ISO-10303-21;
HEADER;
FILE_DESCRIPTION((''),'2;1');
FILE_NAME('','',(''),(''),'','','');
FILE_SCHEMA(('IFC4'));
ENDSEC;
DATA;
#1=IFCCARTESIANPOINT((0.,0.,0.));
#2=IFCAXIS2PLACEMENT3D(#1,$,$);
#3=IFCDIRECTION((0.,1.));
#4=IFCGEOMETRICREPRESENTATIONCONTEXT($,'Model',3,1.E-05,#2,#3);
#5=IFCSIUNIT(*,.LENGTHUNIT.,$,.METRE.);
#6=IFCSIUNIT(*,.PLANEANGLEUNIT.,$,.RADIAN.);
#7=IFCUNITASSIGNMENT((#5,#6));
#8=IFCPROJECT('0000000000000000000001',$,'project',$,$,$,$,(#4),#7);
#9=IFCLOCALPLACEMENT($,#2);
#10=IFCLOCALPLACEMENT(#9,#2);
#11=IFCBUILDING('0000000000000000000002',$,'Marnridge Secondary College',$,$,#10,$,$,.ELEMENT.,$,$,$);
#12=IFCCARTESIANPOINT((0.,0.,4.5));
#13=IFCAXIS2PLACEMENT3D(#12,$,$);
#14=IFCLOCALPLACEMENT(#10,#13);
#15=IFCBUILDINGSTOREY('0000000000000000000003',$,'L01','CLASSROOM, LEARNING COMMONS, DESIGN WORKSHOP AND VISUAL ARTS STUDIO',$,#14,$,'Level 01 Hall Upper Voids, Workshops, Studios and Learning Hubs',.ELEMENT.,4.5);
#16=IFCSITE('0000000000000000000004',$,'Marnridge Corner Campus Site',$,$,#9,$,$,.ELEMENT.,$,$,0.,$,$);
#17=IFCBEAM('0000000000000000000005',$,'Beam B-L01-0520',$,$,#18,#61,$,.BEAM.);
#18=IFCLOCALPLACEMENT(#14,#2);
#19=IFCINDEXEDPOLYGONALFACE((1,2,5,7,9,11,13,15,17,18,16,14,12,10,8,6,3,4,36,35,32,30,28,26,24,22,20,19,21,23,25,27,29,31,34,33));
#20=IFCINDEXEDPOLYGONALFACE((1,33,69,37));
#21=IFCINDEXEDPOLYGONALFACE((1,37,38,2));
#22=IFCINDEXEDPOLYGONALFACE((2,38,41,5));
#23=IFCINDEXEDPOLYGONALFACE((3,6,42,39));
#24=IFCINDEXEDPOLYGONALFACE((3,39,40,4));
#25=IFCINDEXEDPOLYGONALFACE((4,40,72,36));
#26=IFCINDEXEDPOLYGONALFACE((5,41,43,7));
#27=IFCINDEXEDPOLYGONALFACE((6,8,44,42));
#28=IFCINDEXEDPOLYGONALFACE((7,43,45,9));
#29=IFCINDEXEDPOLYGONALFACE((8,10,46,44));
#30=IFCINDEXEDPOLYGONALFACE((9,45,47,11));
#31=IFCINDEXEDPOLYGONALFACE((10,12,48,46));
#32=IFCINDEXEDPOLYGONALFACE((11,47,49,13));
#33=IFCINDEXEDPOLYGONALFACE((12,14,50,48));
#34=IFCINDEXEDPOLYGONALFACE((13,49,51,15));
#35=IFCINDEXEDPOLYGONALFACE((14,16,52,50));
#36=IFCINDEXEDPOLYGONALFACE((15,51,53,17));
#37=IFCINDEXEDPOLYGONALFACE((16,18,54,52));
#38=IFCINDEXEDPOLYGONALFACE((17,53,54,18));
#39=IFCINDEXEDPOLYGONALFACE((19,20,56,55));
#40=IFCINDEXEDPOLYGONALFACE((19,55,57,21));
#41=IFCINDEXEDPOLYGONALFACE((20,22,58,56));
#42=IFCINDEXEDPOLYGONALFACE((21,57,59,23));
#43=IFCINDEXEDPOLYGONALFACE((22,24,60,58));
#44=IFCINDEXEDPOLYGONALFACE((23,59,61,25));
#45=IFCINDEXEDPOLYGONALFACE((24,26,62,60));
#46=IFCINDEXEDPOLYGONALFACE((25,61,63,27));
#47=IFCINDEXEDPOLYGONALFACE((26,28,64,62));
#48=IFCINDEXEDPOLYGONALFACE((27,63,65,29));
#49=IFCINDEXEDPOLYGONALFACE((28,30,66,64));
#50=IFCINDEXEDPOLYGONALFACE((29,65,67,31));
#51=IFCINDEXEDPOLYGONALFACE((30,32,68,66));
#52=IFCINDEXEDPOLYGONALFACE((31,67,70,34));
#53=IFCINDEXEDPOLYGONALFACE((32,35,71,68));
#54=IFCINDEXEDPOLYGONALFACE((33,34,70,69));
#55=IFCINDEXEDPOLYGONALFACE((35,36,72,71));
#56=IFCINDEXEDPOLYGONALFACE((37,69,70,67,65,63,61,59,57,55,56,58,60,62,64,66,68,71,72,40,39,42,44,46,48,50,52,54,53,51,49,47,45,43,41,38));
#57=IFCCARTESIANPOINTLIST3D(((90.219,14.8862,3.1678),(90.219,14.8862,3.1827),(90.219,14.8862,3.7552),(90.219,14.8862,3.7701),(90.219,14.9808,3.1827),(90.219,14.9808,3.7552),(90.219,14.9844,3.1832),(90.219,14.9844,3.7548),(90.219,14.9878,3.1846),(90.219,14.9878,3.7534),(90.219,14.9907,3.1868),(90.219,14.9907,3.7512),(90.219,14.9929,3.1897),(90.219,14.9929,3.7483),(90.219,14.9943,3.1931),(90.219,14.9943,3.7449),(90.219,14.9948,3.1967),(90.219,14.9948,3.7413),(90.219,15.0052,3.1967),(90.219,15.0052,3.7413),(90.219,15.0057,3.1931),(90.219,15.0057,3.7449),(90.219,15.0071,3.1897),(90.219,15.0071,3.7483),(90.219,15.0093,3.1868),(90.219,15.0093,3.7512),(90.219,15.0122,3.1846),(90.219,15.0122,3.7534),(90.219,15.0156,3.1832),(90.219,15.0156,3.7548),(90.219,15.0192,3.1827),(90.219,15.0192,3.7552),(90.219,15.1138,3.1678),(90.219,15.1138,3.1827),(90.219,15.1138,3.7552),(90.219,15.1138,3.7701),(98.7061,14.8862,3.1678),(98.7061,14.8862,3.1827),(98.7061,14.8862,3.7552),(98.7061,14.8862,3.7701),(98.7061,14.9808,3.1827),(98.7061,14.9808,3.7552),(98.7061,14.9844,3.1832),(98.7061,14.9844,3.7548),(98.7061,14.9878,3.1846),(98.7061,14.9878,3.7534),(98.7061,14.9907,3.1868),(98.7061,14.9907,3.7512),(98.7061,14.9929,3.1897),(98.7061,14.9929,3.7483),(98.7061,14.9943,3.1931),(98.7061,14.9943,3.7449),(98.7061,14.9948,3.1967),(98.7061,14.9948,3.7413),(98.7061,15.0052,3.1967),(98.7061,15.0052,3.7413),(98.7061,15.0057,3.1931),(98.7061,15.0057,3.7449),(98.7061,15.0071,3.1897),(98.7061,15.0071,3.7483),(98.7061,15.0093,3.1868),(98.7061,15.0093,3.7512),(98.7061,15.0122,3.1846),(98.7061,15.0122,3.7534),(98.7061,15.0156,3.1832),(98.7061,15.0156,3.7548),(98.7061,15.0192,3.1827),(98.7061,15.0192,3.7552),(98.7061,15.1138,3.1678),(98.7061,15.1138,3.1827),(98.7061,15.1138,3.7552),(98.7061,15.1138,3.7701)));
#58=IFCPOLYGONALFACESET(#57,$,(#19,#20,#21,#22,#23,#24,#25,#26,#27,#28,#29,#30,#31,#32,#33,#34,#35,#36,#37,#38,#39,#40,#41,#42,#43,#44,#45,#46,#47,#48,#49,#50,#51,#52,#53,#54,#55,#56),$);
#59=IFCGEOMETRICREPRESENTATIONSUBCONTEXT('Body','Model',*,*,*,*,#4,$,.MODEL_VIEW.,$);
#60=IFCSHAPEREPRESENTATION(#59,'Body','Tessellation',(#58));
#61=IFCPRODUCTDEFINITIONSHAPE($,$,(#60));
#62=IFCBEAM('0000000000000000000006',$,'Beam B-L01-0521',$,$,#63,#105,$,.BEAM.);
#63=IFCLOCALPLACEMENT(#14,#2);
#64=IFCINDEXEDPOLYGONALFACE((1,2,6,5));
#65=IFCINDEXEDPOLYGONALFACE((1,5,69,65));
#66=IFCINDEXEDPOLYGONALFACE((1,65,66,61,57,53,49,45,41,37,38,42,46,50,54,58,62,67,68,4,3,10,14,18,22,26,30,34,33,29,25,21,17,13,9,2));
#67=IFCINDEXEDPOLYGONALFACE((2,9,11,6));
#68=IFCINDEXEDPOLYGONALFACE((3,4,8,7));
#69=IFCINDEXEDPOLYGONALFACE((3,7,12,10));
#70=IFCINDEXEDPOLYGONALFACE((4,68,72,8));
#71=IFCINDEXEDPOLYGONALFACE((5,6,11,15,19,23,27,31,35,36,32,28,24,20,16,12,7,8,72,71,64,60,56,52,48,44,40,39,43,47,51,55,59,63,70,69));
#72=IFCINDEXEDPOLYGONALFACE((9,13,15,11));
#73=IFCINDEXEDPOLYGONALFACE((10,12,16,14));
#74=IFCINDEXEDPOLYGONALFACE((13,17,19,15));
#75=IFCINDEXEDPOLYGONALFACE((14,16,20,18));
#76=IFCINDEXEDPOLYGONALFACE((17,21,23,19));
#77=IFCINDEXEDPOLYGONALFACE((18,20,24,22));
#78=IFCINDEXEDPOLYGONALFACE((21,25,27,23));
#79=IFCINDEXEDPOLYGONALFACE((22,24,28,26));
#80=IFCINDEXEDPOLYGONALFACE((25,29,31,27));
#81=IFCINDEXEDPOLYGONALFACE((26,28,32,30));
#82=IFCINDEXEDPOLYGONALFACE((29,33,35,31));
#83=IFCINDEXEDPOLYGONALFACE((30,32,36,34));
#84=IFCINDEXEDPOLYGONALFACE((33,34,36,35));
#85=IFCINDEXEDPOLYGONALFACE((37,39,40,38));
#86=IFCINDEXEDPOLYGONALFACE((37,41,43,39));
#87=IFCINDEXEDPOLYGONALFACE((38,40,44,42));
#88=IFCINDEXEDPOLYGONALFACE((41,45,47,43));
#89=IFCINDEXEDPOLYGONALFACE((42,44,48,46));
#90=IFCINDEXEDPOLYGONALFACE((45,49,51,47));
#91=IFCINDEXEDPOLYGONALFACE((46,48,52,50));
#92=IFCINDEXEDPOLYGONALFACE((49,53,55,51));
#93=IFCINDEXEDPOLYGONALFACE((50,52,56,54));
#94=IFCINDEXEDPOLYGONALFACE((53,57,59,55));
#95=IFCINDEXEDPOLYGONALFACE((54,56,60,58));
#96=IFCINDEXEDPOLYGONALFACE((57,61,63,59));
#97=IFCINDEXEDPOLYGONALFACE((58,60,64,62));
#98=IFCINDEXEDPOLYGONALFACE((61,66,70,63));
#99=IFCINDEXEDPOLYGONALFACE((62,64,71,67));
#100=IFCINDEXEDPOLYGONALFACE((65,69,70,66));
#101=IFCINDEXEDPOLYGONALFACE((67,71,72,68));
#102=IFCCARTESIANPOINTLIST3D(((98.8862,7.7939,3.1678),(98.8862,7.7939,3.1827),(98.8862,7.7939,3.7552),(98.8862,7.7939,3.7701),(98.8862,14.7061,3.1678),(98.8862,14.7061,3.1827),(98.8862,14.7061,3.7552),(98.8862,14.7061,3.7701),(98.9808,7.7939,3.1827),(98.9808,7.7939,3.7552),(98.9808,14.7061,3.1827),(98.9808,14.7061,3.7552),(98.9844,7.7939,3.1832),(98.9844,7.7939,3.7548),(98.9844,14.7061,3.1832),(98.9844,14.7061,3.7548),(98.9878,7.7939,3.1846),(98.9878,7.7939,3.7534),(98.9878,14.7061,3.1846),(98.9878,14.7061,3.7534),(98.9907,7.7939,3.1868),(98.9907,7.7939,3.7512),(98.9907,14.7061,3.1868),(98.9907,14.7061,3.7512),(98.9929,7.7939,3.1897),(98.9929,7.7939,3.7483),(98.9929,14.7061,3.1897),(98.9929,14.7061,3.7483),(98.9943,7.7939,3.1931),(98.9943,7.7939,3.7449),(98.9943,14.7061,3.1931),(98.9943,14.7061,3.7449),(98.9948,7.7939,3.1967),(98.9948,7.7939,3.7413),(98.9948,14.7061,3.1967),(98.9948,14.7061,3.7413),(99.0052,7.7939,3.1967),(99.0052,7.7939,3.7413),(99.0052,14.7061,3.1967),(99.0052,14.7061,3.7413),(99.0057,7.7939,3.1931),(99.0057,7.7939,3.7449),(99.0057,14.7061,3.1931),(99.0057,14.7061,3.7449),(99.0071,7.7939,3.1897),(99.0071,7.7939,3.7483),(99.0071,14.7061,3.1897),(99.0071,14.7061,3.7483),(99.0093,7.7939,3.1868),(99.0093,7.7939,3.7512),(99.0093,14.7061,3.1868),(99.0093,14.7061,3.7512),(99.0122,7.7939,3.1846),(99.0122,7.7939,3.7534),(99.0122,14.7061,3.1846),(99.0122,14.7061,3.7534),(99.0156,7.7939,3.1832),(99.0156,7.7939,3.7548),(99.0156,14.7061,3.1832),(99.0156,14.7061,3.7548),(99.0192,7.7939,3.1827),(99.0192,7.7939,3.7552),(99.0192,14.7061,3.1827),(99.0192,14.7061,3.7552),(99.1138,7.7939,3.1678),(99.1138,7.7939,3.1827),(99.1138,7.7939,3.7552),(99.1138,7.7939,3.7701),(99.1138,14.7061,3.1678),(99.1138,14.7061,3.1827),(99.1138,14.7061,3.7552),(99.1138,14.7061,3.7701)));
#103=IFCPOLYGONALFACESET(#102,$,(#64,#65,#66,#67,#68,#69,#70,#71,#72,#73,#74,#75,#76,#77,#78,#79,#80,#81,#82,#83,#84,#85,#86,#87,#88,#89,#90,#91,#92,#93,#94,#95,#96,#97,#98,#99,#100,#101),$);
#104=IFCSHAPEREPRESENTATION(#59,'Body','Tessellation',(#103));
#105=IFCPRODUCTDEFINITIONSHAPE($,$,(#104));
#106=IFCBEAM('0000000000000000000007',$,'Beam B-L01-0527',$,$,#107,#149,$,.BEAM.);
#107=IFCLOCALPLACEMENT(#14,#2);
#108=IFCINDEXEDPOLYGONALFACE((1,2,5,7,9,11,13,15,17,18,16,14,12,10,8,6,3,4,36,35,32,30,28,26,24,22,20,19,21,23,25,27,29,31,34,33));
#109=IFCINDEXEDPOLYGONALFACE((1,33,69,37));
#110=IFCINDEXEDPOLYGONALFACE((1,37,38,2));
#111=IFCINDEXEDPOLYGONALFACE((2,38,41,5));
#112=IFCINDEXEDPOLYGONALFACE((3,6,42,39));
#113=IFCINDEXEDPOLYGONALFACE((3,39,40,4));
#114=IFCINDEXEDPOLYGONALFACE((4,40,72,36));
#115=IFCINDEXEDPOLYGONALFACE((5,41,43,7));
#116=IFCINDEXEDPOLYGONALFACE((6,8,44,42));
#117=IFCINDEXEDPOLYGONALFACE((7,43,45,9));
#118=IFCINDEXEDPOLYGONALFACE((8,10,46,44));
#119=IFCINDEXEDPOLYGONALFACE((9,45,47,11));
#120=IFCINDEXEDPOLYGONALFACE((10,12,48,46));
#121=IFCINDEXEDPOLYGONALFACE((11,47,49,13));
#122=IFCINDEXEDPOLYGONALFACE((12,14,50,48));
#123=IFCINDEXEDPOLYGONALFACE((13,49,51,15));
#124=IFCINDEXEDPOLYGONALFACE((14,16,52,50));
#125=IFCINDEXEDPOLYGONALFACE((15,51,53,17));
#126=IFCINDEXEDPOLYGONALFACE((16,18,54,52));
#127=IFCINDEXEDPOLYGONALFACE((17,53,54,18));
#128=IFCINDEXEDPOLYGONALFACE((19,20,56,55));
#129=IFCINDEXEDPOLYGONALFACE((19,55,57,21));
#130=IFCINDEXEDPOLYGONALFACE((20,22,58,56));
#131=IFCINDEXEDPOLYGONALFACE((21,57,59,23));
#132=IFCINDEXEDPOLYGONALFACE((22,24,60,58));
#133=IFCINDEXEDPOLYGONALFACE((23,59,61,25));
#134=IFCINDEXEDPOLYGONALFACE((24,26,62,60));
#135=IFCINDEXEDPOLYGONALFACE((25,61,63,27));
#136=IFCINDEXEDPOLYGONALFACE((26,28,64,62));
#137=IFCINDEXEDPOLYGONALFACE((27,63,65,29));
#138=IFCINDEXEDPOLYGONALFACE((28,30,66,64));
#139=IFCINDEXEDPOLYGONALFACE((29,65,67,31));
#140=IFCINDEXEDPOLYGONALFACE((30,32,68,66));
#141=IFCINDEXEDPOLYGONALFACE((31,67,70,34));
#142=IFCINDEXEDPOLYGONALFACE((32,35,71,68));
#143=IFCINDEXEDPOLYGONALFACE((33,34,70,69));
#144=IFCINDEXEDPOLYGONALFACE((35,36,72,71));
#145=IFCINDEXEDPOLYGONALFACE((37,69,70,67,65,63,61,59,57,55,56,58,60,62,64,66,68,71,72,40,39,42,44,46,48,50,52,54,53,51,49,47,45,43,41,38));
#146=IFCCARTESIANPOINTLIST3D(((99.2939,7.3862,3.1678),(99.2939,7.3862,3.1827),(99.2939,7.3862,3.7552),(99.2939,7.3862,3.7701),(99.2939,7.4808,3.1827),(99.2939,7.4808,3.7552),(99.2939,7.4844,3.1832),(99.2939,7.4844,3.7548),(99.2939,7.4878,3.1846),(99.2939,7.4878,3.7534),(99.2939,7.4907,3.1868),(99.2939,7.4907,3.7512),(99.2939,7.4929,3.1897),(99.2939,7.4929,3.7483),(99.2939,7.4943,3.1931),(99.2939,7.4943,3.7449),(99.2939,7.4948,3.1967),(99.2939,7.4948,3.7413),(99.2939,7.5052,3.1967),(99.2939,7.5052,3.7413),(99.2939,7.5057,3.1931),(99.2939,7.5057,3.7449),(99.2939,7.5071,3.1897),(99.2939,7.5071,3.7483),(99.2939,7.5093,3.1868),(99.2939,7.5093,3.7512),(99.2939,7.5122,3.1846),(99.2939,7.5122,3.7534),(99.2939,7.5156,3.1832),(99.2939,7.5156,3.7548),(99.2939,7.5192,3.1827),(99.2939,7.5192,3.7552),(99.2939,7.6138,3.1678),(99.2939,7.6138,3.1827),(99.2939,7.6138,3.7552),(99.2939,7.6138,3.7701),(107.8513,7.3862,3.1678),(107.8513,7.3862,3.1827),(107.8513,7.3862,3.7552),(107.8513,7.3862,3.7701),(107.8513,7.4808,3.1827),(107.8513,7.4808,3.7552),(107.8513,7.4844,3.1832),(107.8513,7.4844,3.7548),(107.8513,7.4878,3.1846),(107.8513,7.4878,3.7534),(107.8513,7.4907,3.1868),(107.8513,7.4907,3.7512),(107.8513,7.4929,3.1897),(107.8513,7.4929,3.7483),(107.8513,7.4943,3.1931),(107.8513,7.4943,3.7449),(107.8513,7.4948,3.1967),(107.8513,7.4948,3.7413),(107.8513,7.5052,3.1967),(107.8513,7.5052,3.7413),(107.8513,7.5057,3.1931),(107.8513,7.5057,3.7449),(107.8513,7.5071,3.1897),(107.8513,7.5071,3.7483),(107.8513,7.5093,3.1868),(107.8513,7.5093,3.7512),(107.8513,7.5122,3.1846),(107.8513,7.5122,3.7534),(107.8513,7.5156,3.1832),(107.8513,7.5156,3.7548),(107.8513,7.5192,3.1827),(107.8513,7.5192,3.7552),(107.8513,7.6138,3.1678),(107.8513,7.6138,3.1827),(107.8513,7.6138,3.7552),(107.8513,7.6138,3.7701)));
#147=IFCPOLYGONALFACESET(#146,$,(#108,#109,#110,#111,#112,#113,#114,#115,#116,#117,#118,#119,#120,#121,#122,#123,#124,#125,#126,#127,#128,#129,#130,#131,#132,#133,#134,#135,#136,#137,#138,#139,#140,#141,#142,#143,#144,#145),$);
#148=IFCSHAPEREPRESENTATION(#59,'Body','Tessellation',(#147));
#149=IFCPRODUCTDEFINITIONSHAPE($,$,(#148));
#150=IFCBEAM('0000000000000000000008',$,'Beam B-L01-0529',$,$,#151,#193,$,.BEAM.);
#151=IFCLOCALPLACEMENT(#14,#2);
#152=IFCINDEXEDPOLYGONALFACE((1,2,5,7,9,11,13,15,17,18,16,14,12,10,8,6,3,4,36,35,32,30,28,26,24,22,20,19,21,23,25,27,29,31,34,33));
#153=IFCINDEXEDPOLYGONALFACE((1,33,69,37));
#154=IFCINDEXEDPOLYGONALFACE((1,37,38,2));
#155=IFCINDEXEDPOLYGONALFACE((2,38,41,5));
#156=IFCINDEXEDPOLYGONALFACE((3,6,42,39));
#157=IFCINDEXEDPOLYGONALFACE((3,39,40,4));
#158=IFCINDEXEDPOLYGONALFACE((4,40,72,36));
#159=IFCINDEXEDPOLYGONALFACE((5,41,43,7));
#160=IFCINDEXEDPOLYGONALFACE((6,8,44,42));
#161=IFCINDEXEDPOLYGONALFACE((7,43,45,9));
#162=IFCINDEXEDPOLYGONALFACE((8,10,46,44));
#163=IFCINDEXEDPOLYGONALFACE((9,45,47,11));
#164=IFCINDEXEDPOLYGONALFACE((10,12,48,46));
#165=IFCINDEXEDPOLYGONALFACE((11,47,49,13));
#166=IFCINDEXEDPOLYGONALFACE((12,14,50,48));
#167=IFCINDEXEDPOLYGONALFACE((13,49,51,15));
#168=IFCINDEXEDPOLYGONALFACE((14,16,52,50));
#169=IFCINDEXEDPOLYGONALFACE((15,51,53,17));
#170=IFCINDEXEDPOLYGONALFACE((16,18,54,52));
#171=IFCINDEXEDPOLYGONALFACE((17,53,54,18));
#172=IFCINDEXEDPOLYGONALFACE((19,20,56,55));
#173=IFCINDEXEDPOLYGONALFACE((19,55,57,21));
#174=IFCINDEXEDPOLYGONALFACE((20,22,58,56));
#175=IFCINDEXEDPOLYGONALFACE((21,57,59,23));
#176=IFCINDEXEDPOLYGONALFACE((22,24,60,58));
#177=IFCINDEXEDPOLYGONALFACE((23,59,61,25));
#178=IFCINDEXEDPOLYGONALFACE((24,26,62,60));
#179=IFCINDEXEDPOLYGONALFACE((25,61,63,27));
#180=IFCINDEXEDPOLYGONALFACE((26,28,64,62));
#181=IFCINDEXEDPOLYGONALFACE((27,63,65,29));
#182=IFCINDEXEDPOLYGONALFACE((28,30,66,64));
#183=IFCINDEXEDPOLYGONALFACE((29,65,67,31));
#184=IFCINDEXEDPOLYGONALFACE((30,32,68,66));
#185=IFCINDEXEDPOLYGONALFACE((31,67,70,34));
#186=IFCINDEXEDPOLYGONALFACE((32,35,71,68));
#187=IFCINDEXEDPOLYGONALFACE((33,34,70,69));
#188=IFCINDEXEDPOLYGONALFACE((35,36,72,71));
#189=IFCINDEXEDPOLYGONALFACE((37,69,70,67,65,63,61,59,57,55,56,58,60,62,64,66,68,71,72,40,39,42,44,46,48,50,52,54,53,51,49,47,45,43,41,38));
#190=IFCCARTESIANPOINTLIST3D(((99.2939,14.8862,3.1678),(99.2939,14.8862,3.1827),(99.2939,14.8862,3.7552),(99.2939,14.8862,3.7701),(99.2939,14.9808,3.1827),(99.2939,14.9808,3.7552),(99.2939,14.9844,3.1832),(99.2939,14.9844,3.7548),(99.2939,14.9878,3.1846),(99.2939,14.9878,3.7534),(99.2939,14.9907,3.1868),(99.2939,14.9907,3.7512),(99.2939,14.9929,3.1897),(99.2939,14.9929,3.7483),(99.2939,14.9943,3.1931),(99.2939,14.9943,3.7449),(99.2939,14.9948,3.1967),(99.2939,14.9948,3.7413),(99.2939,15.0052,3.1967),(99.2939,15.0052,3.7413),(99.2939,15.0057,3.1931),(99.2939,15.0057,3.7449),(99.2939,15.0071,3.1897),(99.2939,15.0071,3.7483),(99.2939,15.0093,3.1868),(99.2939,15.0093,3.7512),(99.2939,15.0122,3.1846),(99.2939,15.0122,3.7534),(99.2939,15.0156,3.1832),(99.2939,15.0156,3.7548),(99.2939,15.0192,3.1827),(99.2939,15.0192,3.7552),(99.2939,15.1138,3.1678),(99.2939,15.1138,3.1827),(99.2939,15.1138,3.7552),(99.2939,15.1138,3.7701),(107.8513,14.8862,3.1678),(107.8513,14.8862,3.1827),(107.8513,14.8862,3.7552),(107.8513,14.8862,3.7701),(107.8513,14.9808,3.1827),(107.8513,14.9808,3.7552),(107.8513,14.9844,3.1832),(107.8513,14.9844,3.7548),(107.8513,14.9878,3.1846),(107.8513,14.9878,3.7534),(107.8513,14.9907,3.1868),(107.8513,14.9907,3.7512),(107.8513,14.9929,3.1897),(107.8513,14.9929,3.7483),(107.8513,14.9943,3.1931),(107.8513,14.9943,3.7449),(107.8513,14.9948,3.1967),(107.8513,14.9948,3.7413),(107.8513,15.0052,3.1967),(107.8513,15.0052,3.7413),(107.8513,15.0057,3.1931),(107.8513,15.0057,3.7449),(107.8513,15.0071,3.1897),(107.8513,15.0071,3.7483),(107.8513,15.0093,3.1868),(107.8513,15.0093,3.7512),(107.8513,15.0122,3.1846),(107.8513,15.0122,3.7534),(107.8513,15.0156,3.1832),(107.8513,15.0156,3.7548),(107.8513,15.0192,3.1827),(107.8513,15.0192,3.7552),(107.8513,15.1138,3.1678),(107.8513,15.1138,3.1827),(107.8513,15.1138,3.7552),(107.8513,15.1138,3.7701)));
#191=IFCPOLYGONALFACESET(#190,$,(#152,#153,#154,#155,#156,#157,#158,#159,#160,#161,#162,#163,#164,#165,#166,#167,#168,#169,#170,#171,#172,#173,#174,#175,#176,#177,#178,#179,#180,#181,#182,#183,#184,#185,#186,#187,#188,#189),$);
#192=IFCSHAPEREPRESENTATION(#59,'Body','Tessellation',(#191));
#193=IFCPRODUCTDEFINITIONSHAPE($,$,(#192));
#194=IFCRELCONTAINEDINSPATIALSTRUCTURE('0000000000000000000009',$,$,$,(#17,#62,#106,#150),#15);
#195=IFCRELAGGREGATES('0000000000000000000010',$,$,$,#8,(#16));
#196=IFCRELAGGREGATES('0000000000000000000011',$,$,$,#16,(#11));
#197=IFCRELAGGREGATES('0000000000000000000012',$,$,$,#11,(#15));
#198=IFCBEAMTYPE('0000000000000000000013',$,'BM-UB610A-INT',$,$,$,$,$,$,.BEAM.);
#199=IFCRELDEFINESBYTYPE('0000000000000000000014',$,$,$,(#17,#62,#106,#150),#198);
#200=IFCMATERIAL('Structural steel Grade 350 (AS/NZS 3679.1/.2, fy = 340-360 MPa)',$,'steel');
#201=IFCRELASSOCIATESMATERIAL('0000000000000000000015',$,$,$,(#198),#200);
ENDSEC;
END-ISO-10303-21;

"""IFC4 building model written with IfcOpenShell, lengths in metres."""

from ifc_helpers import new_model, si_unit, direction, frame, origin, origin_2d, place, context, subcontext, project, spatial, i_section, extrude, material, material_profile, profile_set, type_object, element, save


model = new_model("IFC4")

# Units and contexts
model_context = context("Model", 3, precision=1e-05, world=origin(), true_north=direction((0.0, 1.0)))
body_context = subcontext(model_context, "Body", "Model", "MODEL_VIEW")
ifc_project = project(units=[si_unit("LENGTHUNIT", "METRE"), si_unit("PLANEANGLEUNIT", "RADIAN")], contexts=[model_context])

# Site, building, storey
site_placement = place(None, origin())
site = spatial("IfcSite", under=ifc_project, at=site_placement, Name="Marnridge Corner Campus Site", CompositionType="ELEMENT", RefElevation=0.0)
building_placement = place(site_placement, origin())
building = spatial("IfcBuilding", under=site, at=building_placement, Name="Marnridge Secondary College", CompositionType="ELEMENT")
storey_placement = place(building_placement, frame((0.0, 0.0, 4.5)))
storey = spatial("IfcBuildingStorey", under=building, at=storey_placement, Name="L01", Description="CLASSROOM, LEARNING COMMONS, DESIGN WORKSHOP AND VISUAL ARTS STUDIO", LongName="Level 01 Hall Upper Voids, Workshops, Studios and Learning Hubs", CompositionType="ELEMENT", Elevation=4.5)

# Beams
ifc_material_1 = material(Name="Structural steel Grade 350 (AS/NZS 3679.1/.2, fy = 340-360 MPa)", Category="steel")
ifc_material_profile_1 = material_profile(ifc_material_1, i_section(OverallWidth=0.2275, OverallDepth=0.6023, WebThickness=0.0105, FlangeThickness=0.0149, FilletRadius=0.0139, at=origin_2d()), Name="610UB101")
ifc_profile_set_1 = profile_set([ifc_material_profile_1], Name="Structural steel Grade 350 (AS/NZS 3679.1/.2, fy = 340-360 MPa)")
beam_type_1 = type_object("IfcBeamType", Name="BM-UB610A-INT", PredefinedType="BEAM", material=ifc_profile_set_1)
for number, where, z_axis, x_axis, name in (
    (1, (90.219, 15.0, 3.469), (1.0, 0.0, 0.0), (0.0, 1.0, 0.0), "Beam B-L01-0520"),
):
    element("IfcBeam", number, at=place(storey_placement, frame(where, z_axis=z_axis, x_axis=x_axis)), inside=storey, type_object=beam_type_1, Name=name, PredefinedType="BEAM", context=body_context, shape_type="SweptSolid", body=[
        extrude(i_section(OverallWidth=0.2275, OverallDepth=0.6023, WebThickness=0.0105, FlangeThickness=0.0149, FilletRadius=0.0139, at=origin_2d()), origin(), (0.0, 0.0, 1.0), 8.4871),
    ])
beam_1_placement = place(storey_placement, frame((99.0, 7.7939, 3.469), z_axis=(0.0, 1.0, 0.0), x_axis=(-1.0, 0.0, 0.0)))
element("IfcBeam", 2, at=beam_1_placement, inside=storey, type_object=beam_type_1, Name="Beam B-L01-0521", PredefinedType="BEAM", context=body_context, shape_type="SweptSolid", body=[
    extrude(i_section(OverallWidth=0.2275, OverallDepth=0.6023, WebThickness=0.0105, FlangeThickness=0.0149, FilletRadius=0.0139, at=origin_2d()), origin(), (0.0, 0.0, 1.0), 6.9121),
])
for number, where, z_axis, x_axis, name in (
    (3, (99.2939, 7.5, 3.469), (1.0, 0.0, 0.0), (0.0, 1.0, 0.0), "Beam B-L01-0527"),
    (4, (99.2939, 15.0, 3.469), (1.0, 0.0, 0.0), (0.0, 1.0, 0.0), "Beam B-L01-0529"),
):
    element("IfcBeam", number, at=place(storey_placement, frame(where, z_axis=z_axis, x_axis=x_axis)), inside=storey, type_object=beam_type_1, Name=name, PredefinedType="BEAM", context=body_context, shape_type="SweptSolid", body=[
        extrude(i_section(OverallWidth=0.2275, OverallDepth=0.6023, WebThickness=0.0105, FlangeThickness=0.0149, FilletRadius=0.0139, at=origin_2d()), origin(), (0.0, 0.0, 1.0), 8.5574),
    ])

save(model, "model.ifc")
